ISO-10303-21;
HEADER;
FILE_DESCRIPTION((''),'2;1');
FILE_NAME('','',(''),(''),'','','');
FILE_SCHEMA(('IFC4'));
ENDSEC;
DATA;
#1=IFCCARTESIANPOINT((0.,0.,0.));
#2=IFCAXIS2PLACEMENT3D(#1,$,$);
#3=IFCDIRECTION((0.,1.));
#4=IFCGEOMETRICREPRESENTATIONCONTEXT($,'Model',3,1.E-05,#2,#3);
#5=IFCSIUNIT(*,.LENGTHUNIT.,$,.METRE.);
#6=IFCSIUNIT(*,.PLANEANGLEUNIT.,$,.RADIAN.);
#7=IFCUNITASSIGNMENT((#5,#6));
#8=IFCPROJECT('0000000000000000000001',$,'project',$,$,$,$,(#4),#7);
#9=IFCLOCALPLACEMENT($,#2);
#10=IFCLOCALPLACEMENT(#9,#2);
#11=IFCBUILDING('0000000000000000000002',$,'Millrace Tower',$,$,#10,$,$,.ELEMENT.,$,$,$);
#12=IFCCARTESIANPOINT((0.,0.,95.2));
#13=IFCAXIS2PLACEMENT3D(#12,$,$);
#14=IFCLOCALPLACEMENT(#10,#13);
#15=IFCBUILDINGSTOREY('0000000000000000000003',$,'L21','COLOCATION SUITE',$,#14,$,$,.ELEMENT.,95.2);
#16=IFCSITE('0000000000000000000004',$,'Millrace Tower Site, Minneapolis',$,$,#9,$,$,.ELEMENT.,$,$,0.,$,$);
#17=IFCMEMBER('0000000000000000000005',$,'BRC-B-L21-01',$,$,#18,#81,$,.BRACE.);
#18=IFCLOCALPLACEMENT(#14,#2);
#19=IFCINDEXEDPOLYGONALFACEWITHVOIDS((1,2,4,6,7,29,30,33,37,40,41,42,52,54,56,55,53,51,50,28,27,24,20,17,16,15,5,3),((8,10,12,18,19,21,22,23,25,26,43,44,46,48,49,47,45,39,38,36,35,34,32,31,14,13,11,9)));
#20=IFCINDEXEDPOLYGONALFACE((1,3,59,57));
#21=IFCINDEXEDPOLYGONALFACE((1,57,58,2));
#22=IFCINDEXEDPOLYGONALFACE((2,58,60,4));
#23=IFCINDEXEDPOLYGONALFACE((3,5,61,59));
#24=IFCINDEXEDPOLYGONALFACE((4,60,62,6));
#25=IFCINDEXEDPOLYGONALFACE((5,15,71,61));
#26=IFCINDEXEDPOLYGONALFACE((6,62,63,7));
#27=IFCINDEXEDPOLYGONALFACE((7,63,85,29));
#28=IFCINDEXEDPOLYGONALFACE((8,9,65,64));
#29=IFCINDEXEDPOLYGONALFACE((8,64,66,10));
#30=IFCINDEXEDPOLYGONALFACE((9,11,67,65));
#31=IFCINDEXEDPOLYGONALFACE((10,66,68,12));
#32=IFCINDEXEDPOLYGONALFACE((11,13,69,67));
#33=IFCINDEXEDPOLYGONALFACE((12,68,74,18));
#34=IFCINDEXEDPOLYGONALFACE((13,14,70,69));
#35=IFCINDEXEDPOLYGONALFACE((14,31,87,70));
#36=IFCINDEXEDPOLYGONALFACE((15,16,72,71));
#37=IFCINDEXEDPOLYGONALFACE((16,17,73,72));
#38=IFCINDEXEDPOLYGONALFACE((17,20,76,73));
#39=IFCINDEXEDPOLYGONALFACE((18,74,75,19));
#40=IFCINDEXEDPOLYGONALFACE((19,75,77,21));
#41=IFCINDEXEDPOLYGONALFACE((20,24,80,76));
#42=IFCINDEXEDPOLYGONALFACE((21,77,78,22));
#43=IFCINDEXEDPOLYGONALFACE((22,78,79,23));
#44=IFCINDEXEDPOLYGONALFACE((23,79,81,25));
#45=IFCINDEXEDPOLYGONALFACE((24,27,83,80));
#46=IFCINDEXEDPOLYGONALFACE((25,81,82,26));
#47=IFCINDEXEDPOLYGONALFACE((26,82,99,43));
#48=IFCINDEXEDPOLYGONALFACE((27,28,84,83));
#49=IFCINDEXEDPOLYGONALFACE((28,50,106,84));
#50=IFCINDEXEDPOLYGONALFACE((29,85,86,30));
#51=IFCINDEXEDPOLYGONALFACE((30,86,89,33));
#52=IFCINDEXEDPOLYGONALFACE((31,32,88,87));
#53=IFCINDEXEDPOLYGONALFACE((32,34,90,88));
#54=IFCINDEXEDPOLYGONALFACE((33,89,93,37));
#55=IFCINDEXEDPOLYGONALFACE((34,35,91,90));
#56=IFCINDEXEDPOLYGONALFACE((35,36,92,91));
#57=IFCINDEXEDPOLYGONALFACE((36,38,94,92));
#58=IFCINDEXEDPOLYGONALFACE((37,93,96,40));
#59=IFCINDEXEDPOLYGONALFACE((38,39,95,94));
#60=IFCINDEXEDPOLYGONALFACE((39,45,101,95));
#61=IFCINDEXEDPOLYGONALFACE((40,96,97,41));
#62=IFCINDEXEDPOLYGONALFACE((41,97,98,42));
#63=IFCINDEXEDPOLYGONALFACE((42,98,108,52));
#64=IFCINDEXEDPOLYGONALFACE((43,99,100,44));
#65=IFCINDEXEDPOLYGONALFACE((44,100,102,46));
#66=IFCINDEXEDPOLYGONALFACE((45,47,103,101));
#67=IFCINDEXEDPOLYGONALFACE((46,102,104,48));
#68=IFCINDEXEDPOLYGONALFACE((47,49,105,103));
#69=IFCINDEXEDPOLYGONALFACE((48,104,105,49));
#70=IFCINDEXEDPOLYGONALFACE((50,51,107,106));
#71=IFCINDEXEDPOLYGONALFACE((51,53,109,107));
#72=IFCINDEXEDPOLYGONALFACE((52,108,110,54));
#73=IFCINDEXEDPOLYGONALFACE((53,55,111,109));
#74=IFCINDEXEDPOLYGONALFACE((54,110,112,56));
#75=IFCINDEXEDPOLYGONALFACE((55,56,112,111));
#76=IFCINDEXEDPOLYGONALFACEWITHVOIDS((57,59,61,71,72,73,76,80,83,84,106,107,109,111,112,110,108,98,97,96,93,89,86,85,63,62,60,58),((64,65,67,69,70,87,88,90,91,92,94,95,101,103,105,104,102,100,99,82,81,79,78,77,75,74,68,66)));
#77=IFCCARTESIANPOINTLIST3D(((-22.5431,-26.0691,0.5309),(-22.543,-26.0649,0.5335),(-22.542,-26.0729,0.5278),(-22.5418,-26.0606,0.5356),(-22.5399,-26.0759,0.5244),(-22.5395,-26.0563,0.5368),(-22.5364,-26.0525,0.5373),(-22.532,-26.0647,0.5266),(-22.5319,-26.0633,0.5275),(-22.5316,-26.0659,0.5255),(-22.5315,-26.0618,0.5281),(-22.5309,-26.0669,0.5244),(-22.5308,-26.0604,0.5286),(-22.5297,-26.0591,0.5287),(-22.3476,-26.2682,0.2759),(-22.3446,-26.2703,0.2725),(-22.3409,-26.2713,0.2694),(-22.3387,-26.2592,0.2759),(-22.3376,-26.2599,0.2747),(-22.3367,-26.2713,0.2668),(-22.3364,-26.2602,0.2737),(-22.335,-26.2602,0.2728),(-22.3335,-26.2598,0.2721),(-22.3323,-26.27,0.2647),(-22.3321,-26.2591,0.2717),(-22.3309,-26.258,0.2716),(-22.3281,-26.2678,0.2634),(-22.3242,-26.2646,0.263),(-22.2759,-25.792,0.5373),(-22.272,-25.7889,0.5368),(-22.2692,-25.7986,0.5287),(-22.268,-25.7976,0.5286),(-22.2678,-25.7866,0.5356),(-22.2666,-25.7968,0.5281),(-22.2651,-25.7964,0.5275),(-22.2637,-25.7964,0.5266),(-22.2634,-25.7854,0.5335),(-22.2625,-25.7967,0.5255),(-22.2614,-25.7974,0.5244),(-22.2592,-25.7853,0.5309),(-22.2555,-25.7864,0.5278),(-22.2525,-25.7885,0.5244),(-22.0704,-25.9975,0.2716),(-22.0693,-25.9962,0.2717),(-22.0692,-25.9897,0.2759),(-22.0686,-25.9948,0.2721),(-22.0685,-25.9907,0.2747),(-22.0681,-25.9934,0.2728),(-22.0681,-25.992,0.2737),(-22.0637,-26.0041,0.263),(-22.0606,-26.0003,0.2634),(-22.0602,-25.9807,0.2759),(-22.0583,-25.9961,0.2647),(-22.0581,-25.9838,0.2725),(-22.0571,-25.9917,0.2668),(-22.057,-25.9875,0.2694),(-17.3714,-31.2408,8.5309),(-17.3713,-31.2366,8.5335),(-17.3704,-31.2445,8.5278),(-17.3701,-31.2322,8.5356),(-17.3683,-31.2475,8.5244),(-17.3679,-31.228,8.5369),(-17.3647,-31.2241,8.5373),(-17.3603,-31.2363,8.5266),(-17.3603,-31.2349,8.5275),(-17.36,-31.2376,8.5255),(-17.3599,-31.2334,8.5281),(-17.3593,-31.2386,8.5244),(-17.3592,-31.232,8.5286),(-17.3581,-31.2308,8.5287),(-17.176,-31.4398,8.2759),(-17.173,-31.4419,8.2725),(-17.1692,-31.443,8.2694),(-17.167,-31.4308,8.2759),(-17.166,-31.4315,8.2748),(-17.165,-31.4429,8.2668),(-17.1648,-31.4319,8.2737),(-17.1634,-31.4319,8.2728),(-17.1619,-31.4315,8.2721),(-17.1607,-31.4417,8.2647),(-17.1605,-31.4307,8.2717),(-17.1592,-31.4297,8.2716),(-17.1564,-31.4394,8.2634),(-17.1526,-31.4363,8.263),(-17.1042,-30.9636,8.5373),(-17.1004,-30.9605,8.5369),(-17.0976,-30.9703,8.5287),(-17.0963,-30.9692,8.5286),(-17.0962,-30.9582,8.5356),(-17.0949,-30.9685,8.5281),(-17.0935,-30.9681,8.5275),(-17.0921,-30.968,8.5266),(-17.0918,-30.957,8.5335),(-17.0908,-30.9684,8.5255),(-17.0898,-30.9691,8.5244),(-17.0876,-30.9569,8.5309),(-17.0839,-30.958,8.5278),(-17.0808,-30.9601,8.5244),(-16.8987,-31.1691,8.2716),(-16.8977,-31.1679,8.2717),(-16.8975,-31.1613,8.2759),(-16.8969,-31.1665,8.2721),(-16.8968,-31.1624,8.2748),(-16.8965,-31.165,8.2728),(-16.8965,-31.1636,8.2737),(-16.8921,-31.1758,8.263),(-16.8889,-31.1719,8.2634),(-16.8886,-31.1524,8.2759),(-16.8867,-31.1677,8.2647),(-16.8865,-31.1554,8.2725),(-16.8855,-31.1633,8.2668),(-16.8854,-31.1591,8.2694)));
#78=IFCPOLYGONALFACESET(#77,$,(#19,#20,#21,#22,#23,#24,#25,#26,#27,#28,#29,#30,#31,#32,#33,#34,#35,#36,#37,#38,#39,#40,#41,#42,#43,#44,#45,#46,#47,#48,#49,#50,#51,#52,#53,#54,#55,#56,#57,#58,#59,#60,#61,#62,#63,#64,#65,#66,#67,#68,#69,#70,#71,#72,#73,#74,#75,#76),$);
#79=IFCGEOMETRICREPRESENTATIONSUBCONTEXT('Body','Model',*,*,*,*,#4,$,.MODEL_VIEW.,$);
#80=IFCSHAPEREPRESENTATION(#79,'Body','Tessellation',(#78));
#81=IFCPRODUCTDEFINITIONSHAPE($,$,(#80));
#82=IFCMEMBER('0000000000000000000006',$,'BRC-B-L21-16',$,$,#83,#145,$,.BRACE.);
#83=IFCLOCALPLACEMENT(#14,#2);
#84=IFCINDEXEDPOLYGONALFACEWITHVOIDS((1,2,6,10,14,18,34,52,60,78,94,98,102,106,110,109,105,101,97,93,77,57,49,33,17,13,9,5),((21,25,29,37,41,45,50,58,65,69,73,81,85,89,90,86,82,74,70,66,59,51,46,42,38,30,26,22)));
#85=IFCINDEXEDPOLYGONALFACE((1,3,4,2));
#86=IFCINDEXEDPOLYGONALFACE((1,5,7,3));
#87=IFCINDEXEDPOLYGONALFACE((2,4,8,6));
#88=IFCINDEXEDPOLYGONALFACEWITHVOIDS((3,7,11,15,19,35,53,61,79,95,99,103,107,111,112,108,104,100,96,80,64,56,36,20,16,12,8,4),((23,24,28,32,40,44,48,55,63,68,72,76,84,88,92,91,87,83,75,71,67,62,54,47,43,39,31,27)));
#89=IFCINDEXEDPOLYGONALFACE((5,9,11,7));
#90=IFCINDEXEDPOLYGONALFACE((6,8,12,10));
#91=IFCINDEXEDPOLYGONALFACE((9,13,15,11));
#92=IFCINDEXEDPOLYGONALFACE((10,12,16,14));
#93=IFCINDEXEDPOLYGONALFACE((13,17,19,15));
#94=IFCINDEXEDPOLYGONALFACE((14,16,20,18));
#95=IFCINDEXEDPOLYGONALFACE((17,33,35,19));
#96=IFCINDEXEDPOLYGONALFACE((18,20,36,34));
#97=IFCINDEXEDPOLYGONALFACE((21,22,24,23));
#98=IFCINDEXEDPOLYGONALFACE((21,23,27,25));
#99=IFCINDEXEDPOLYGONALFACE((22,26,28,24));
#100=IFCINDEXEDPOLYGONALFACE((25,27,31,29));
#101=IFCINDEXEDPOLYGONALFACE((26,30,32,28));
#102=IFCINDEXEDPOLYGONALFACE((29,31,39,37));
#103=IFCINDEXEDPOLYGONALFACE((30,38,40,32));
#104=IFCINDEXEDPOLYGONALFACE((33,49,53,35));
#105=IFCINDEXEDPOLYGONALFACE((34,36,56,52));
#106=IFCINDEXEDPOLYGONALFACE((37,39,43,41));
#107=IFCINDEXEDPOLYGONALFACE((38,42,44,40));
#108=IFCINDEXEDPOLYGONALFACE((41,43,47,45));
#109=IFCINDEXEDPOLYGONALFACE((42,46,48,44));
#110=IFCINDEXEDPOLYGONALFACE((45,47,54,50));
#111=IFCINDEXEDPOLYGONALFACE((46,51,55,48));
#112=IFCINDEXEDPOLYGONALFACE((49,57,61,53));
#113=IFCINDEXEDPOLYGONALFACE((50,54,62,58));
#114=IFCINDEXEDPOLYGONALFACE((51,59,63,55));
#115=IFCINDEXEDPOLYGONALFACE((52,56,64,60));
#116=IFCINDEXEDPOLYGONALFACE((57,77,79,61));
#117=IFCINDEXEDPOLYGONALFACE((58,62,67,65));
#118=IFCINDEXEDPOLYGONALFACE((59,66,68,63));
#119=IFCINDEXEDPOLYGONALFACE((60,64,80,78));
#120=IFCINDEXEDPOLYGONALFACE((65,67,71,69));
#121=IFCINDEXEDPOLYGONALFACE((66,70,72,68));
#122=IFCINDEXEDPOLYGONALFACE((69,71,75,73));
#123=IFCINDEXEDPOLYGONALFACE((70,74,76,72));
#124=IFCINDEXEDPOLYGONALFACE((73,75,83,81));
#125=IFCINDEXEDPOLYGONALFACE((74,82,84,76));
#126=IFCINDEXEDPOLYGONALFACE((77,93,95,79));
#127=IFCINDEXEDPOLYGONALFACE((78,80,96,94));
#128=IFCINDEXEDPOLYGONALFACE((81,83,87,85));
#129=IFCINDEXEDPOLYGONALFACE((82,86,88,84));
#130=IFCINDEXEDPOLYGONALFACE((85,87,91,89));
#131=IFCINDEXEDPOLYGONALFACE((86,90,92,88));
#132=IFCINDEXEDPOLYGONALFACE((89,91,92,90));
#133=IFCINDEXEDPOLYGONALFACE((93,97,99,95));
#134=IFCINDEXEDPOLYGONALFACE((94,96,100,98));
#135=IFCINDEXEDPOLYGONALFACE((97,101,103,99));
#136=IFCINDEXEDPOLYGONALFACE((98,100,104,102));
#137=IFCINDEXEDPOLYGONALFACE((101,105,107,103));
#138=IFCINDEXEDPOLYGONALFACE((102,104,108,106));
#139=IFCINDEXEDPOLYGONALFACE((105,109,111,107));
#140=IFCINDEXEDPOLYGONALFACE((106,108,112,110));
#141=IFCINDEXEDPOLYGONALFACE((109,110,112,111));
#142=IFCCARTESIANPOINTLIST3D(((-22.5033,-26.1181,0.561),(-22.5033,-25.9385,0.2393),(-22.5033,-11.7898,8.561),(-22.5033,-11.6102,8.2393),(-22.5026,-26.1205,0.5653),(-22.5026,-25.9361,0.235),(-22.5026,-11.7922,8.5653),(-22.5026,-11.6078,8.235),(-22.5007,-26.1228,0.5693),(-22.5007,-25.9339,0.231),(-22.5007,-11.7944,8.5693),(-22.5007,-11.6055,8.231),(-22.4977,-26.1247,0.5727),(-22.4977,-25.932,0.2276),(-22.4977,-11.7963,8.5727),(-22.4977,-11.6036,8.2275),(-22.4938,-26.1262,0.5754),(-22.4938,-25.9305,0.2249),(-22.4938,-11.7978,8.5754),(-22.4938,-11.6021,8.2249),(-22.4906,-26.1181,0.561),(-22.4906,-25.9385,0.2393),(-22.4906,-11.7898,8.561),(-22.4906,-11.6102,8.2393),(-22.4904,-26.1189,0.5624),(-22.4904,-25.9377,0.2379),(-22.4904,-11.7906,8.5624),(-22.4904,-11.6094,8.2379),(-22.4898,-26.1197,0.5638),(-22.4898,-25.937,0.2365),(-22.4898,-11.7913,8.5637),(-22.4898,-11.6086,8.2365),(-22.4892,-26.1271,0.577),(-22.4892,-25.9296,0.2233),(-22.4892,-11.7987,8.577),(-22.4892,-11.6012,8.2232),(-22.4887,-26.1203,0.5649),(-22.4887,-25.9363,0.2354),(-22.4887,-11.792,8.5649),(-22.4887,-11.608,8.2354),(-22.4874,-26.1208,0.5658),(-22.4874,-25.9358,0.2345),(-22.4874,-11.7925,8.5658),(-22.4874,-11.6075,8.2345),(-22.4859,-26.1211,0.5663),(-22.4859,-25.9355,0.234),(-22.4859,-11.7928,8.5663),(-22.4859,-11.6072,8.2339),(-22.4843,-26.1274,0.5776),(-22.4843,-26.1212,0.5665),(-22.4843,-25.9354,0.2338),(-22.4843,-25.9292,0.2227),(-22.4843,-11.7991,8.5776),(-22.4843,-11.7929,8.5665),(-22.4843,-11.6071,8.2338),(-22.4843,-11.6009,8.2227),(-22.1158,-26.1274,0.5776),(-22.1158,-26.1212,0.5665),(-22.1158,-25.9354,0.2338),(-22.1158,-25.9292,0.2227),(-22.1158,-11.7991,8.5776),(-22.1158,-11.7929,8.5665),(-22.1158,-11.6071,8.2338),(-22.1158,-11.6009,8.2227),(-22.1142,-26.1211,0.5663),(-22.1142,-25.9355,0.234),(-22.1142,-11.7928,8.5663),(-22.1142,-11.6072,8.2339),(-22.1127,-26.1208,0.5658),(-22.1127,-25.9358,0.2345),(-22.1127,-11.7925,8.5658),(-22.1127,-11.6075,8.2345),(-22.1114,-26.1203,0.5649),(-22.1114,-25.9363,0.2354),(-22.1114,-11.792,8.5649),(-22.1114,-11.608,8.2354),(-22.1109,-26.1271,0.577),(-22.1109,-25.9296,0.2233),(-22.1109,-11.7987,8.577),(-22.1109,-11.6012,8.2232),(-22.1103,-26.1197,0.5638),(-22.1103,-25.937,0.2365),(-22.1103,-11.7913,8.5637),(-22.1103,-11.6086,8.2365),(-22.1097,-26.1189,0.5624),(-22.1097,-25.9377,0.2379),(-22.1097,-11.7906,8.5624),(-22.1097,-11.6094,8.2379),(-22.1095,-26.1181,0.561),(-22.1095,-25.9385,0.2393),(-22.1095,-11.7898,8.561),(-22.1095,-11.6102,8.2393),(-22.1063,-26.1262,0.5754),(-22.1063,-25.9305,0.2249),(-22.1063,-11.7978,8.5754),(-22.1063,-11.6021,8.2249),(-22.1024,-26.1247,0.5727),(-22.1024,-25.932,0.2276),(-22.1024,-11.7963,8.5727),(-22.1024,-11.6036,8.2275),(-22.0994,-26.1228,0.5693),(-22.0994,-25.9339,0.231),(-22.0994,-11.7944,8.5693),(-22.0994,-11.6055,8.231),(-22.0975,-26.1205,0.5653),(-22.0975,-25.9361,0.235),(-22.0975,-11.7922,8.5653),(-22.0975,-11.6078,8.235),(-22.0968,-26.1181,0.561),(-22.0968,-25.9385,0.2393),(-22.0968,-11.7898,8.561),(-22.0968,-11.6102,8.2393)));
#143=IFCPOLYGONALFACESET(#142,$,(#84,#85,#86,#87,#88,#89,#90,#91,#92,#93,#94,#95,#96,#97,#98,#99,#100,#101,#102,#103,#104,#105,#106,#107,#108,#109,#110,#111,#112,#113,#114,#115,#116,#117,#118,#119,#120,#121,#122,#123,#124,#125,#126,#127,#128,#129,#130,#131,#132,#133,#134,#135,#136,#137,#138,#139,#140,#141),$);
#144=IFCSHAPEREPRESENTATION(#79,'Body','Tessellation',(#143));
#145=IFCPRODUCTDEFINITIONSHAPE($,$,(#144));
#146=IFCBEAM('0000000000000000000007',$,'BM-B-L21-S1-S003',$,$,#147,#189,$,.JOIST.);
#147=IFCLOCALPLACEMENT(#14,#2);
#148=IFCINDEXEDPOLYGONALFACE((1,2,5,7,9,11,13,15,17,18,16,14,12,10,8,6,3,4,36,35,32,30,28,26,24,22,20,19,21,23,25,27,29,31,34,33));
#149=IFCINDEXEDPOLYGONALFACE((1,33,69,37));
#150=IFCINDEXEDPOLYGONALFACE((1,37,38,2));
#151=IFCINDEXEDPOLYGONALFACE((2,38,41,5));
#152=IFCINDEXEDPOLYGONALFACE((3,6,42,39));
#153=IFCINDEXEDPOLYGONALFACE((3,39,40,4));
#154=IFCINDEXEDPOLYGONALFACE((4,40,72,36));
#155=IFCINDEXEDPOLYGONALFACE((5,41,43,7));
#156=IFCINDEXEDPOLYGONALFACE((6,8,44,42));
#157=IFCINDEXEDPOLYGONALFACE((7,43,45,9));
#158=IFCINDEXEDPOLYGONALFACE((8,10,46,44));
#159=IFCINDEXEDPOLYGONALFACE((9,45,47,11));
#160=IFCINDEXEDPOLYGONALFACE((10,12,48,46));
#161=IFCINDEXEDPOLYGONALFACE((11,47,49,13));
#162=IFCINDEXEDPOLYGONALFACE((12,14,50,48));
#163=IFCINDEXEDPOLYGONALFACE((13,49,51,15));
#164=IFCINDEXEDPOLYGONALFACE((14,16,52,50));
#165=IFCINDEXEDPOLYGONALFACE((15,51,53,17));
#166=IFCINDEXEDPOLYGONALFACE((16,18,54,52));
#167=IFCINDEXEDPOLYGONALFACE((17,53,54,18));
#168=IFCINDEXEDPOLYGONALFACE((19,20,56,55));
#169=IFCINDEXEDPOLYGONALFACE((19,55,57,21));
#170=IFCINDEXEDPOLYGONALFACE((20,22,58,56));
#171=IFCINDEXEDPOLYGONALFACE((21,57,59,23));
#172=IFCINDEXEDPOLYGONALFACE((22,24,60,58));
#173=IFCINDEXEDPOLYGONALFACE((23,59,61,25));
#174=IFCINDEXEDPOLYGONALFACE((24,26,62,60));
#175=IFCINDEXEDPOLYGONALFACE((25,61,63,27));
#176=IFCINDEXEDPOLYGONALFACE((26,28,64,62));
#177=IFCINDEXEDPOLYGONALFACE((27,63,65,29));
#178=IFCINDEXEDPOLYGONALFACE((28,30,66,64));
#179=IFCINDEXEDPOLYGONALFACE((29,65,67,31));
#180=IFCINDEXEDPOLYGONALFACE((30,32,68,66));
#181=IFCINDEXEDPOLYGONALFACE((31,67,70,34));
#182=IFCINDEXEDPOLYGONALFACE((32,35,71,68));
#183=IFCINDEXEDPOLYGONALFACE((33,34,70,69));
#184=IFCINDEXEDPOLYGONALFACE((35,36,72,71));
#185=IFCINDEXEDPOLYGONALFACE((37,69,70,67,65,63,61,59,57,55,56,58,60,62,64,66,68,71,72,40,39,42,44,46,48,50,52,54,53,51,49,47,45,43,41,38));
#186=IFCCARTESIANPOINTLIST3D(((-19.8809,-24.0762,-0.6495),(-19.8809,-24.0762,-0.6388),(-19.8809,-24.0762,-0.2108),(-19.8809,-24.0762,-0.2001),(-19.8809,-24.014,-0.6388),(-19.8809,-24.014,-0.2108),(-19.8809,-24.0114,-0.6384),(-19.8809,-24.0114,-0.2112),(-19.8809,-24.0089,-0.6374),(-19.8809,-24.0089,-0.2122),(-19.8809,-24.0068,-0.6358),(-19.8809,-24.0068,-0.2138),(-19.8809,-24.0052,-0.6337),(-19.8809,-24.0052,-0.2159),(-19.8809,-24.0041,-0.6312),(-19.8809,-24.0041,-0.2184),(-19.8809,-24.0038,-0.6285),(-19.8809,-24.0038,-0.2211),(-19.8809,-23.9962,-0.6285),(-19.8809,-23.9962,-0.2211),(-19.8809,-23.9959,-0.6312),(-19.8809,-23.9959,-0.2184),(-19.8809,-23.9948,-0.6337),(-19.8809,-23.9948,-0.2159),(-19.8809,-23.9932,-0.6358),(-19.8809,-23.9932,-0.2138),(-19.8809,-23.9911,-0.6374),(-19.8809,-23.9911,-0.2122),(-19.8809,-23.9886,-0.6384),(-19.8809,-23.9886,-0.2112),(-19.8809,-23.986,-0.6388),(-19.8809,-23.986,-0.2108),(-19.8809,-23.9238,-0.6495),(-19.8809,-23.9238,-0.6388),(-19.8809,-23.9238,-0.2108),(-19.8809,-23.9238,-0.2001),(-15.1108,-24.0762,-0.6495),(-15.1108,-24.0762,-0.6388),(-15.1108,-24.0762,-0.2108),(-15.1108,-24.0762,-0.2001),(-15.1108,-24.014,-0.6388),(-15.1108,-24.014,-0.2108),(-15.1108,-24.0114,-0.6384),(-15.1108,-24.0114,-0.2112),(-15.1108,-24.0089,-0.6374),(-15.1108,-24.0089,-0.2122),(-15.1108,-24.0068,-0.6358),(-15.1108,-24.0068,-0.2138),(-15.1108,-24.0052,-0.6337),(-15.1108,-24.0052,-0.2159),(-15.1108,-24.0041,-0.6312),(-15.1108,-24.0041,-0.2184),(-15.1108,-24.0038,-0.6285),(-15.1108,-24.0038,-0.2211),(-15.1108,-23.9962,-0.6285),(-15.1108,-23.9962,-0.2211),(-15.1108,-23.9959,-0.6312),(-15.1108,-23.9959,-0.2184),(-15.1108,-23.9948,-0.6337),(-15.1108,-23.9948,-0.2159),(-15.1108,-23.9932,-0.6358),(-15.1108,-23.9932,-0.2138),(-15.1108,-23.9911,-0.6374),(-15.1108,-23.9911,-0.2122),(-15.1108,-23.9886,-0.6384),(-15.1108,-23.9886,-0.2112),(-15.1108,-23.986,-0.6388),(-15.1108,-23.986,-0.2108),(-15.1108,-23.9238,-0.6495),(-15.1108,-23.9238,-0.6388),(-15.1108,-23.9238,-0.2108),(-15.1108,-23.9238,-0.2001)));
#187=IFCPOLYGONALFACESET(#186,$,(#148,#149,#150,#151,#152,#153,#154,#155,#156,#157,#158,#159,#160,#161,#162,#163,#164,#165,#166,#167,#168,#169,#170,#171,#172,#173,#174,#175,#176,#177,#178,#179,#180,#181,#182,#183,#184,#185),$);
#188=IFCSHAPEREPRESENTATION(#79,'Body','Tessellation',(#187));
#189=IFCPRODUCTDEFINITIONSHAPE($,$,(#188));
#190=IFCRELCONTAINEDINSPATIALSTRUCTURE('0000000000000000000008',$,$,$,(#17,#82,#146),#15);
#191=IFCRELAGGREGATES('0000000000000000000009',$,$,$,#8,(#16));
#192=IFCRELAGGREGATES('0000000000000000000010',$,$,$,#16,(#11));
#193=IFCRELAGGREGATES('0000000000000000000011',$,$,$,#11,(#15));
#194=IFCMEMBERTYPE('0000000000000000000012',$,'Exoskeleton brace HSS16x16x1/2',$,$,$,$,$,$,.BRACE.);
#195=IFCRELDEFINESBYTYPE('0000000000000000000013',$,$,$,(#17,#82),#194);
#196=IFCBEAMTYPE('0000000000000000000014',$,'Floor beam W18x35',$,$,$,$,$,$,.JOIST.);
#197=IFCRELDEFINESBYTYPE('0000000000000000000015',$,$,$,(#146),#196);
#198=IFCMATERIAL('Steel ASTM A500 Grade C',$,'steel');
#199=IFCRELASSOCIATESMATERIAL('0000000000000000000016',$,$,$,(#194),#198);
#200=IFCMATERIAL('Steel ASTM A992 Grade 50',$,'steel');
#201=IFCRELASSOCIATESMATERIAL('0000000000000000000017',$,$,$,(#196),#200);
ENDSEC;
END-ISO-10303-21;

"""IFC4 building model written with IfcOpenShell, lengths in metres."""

from ifc_helpers import new_model, si_unit, direction, frame, origin, origin_2d, place, context, subcontext, project, spatial, hollow_rectangle, i_section, extrude, material, material_profile, profile_set, type_object, element, save


model = new_model("IFC4")

# Units and contexts
model_context = context("Model", 3, precision=1e-05, world=origin(), true_north=direction((0.0, 1.0)))
body_context = subcontext(model_context, "Body", "Model", "MODEL_VIEW")
ifc_project = project(units=[si_unit("LENGTHUNIT", "METRE"), si_unit("PLANEANGLEUNIT", "RADIAN")], contexts=[model_context])

# Site, building, storey
site_placement = place(None, origin())
site = spatial("IfcSite", under=ifc_project, at=site_placement, Name="Millrace Tower Site, Minneapolis", CompositionType="ELEMENT", RefElevation=0.0)
building_placement = place(site_placement, origin())
building = spatial("IfcBuilding", under=site, at=building_placement, Name="Millrace Tower", CompositionType="ELEMENT")
storey_placement = place(building_placement, frame((0.0, 0.0, 95.2)))
storey = spatial("IfcBuildingStorey", under=building, at=storey_placement, Name="L21", Description="COLOCATION SUITE", CompositionType="ELEMENT", Elevation=95.2)

# Members
ifc_material_1 = material(Name="Steel ASTM A500 Grade C", Category="steel")
ifc_material_profile_1 = material_profile(ifc_material_1, hollow_rectangle(XDim=0.4065, YDim=0.4065, WallThickness=0.0127, InnerFilletRadius=0.0063, OuterFilletRadius=0.019, at=origin_2d()))
ifc_profile_set_1 = profile_set([ifc_material_profile_1], Name="Steel ASTM A500 Grade C")
member_type_1 = type_object("IfcMemberType", Name="Exoskeleton brace HSS16x16x1/2", PredefinedType="BRACE", material=ifc_profile_set_1)
member_1_placement = place(storey_placement, frame((-22.3, -26.0283, 0.4001), z_axis=(0.477116, -0.477116, 0.738052), x_axis=(0.707107, 0.707107, 0.0)))
element("IfcMember", 1, at=member_1_placement, inside=storey, type_object=member_type_1, Name="BRC-B-L21-01", PredefinedType="BRACE", context=body_context, shape_type="SweptSolid", body=[
    extrude(hollow_rectangle(XDim=0.4065, YDim=0.4065, WallThickness=0.0127, InnerFilletRadius=0.0063, OuterFilletRadius=0.019, at=origin_2d()), origin(), (0.0, 0.0, 1.0), 10.8394),
])
member_2_placement = place(storey_placement, frame((-22.3, -26.0283, 0.4001), z_axis=(0.0, 0.873126, 0.487495), x_axis=(-1.0, 0.0, 0.0)))
element("IfcMember", 2, at=member_2_placement, inside=storey, type_object=member_type_1, Name="BRC-B-L21-16", PredefinedType="BRACE", context=body_context, shape_type="SweptSolid", body=[
    extrude(hollow_rectangle(XDim=0.4065, YDim=0.4065, WallThickness=0.0127, InnerFilletRadius=0.0063, OuterFilletRadius=0.019, at=origin_2d()), origin(), (0.0, 0.0, 1.0), 16.4104),
])

# Beam
ifc_material_2 = material(Name="Steel ASTM A992 Grade 50", Category="steel")
ifc_material_profile_2 = material_profile(ifc_material_2, i_section(OverallWidth=0.1523, OverallDepth=0.4495, WebThickness=0.0076, FlangeThickness=0.0107, FilletRadius=0.0103, at=origin_2d()))
ifc_profile_set_2 = profile_set([ifc_material_profile_2], Name="Steel ASTM A992 Grade 50")
beam_type_1 = type_object("IfcBeamType", Name="Floor beam W18x35", PredefinedType="JOIST", material=ifc_profile_set_2)
for number, where, z_axis, x_axis, name in (
    (3, (-19.8809, -24.0, -0.4248), (1.0, 0.0, 0.0), (0.0, 1.0, 0.0), "BM-B-L21-S1-S003"),
):
    element("IfcBeam", number, at=place(storey_placement, frame(where, z_axis=z_axis, x_axis=x_axis)), inside=storey, type_object=beam_type_1, Name=name, PredefinedType="JOIST", context=body_context, shape_type="SweptSolid", body=[
        extrude(i_section(OverallWidth=0.1523, OverallDepth=0.4495, WebThickness=0.0076, FlangeThickness=0.0107, FilletRadius=0.0103, at=origin_2d()), origin(), (0.0, 0.0, 1.0), 4.77),
    ])

save(model, "model.ifc")
